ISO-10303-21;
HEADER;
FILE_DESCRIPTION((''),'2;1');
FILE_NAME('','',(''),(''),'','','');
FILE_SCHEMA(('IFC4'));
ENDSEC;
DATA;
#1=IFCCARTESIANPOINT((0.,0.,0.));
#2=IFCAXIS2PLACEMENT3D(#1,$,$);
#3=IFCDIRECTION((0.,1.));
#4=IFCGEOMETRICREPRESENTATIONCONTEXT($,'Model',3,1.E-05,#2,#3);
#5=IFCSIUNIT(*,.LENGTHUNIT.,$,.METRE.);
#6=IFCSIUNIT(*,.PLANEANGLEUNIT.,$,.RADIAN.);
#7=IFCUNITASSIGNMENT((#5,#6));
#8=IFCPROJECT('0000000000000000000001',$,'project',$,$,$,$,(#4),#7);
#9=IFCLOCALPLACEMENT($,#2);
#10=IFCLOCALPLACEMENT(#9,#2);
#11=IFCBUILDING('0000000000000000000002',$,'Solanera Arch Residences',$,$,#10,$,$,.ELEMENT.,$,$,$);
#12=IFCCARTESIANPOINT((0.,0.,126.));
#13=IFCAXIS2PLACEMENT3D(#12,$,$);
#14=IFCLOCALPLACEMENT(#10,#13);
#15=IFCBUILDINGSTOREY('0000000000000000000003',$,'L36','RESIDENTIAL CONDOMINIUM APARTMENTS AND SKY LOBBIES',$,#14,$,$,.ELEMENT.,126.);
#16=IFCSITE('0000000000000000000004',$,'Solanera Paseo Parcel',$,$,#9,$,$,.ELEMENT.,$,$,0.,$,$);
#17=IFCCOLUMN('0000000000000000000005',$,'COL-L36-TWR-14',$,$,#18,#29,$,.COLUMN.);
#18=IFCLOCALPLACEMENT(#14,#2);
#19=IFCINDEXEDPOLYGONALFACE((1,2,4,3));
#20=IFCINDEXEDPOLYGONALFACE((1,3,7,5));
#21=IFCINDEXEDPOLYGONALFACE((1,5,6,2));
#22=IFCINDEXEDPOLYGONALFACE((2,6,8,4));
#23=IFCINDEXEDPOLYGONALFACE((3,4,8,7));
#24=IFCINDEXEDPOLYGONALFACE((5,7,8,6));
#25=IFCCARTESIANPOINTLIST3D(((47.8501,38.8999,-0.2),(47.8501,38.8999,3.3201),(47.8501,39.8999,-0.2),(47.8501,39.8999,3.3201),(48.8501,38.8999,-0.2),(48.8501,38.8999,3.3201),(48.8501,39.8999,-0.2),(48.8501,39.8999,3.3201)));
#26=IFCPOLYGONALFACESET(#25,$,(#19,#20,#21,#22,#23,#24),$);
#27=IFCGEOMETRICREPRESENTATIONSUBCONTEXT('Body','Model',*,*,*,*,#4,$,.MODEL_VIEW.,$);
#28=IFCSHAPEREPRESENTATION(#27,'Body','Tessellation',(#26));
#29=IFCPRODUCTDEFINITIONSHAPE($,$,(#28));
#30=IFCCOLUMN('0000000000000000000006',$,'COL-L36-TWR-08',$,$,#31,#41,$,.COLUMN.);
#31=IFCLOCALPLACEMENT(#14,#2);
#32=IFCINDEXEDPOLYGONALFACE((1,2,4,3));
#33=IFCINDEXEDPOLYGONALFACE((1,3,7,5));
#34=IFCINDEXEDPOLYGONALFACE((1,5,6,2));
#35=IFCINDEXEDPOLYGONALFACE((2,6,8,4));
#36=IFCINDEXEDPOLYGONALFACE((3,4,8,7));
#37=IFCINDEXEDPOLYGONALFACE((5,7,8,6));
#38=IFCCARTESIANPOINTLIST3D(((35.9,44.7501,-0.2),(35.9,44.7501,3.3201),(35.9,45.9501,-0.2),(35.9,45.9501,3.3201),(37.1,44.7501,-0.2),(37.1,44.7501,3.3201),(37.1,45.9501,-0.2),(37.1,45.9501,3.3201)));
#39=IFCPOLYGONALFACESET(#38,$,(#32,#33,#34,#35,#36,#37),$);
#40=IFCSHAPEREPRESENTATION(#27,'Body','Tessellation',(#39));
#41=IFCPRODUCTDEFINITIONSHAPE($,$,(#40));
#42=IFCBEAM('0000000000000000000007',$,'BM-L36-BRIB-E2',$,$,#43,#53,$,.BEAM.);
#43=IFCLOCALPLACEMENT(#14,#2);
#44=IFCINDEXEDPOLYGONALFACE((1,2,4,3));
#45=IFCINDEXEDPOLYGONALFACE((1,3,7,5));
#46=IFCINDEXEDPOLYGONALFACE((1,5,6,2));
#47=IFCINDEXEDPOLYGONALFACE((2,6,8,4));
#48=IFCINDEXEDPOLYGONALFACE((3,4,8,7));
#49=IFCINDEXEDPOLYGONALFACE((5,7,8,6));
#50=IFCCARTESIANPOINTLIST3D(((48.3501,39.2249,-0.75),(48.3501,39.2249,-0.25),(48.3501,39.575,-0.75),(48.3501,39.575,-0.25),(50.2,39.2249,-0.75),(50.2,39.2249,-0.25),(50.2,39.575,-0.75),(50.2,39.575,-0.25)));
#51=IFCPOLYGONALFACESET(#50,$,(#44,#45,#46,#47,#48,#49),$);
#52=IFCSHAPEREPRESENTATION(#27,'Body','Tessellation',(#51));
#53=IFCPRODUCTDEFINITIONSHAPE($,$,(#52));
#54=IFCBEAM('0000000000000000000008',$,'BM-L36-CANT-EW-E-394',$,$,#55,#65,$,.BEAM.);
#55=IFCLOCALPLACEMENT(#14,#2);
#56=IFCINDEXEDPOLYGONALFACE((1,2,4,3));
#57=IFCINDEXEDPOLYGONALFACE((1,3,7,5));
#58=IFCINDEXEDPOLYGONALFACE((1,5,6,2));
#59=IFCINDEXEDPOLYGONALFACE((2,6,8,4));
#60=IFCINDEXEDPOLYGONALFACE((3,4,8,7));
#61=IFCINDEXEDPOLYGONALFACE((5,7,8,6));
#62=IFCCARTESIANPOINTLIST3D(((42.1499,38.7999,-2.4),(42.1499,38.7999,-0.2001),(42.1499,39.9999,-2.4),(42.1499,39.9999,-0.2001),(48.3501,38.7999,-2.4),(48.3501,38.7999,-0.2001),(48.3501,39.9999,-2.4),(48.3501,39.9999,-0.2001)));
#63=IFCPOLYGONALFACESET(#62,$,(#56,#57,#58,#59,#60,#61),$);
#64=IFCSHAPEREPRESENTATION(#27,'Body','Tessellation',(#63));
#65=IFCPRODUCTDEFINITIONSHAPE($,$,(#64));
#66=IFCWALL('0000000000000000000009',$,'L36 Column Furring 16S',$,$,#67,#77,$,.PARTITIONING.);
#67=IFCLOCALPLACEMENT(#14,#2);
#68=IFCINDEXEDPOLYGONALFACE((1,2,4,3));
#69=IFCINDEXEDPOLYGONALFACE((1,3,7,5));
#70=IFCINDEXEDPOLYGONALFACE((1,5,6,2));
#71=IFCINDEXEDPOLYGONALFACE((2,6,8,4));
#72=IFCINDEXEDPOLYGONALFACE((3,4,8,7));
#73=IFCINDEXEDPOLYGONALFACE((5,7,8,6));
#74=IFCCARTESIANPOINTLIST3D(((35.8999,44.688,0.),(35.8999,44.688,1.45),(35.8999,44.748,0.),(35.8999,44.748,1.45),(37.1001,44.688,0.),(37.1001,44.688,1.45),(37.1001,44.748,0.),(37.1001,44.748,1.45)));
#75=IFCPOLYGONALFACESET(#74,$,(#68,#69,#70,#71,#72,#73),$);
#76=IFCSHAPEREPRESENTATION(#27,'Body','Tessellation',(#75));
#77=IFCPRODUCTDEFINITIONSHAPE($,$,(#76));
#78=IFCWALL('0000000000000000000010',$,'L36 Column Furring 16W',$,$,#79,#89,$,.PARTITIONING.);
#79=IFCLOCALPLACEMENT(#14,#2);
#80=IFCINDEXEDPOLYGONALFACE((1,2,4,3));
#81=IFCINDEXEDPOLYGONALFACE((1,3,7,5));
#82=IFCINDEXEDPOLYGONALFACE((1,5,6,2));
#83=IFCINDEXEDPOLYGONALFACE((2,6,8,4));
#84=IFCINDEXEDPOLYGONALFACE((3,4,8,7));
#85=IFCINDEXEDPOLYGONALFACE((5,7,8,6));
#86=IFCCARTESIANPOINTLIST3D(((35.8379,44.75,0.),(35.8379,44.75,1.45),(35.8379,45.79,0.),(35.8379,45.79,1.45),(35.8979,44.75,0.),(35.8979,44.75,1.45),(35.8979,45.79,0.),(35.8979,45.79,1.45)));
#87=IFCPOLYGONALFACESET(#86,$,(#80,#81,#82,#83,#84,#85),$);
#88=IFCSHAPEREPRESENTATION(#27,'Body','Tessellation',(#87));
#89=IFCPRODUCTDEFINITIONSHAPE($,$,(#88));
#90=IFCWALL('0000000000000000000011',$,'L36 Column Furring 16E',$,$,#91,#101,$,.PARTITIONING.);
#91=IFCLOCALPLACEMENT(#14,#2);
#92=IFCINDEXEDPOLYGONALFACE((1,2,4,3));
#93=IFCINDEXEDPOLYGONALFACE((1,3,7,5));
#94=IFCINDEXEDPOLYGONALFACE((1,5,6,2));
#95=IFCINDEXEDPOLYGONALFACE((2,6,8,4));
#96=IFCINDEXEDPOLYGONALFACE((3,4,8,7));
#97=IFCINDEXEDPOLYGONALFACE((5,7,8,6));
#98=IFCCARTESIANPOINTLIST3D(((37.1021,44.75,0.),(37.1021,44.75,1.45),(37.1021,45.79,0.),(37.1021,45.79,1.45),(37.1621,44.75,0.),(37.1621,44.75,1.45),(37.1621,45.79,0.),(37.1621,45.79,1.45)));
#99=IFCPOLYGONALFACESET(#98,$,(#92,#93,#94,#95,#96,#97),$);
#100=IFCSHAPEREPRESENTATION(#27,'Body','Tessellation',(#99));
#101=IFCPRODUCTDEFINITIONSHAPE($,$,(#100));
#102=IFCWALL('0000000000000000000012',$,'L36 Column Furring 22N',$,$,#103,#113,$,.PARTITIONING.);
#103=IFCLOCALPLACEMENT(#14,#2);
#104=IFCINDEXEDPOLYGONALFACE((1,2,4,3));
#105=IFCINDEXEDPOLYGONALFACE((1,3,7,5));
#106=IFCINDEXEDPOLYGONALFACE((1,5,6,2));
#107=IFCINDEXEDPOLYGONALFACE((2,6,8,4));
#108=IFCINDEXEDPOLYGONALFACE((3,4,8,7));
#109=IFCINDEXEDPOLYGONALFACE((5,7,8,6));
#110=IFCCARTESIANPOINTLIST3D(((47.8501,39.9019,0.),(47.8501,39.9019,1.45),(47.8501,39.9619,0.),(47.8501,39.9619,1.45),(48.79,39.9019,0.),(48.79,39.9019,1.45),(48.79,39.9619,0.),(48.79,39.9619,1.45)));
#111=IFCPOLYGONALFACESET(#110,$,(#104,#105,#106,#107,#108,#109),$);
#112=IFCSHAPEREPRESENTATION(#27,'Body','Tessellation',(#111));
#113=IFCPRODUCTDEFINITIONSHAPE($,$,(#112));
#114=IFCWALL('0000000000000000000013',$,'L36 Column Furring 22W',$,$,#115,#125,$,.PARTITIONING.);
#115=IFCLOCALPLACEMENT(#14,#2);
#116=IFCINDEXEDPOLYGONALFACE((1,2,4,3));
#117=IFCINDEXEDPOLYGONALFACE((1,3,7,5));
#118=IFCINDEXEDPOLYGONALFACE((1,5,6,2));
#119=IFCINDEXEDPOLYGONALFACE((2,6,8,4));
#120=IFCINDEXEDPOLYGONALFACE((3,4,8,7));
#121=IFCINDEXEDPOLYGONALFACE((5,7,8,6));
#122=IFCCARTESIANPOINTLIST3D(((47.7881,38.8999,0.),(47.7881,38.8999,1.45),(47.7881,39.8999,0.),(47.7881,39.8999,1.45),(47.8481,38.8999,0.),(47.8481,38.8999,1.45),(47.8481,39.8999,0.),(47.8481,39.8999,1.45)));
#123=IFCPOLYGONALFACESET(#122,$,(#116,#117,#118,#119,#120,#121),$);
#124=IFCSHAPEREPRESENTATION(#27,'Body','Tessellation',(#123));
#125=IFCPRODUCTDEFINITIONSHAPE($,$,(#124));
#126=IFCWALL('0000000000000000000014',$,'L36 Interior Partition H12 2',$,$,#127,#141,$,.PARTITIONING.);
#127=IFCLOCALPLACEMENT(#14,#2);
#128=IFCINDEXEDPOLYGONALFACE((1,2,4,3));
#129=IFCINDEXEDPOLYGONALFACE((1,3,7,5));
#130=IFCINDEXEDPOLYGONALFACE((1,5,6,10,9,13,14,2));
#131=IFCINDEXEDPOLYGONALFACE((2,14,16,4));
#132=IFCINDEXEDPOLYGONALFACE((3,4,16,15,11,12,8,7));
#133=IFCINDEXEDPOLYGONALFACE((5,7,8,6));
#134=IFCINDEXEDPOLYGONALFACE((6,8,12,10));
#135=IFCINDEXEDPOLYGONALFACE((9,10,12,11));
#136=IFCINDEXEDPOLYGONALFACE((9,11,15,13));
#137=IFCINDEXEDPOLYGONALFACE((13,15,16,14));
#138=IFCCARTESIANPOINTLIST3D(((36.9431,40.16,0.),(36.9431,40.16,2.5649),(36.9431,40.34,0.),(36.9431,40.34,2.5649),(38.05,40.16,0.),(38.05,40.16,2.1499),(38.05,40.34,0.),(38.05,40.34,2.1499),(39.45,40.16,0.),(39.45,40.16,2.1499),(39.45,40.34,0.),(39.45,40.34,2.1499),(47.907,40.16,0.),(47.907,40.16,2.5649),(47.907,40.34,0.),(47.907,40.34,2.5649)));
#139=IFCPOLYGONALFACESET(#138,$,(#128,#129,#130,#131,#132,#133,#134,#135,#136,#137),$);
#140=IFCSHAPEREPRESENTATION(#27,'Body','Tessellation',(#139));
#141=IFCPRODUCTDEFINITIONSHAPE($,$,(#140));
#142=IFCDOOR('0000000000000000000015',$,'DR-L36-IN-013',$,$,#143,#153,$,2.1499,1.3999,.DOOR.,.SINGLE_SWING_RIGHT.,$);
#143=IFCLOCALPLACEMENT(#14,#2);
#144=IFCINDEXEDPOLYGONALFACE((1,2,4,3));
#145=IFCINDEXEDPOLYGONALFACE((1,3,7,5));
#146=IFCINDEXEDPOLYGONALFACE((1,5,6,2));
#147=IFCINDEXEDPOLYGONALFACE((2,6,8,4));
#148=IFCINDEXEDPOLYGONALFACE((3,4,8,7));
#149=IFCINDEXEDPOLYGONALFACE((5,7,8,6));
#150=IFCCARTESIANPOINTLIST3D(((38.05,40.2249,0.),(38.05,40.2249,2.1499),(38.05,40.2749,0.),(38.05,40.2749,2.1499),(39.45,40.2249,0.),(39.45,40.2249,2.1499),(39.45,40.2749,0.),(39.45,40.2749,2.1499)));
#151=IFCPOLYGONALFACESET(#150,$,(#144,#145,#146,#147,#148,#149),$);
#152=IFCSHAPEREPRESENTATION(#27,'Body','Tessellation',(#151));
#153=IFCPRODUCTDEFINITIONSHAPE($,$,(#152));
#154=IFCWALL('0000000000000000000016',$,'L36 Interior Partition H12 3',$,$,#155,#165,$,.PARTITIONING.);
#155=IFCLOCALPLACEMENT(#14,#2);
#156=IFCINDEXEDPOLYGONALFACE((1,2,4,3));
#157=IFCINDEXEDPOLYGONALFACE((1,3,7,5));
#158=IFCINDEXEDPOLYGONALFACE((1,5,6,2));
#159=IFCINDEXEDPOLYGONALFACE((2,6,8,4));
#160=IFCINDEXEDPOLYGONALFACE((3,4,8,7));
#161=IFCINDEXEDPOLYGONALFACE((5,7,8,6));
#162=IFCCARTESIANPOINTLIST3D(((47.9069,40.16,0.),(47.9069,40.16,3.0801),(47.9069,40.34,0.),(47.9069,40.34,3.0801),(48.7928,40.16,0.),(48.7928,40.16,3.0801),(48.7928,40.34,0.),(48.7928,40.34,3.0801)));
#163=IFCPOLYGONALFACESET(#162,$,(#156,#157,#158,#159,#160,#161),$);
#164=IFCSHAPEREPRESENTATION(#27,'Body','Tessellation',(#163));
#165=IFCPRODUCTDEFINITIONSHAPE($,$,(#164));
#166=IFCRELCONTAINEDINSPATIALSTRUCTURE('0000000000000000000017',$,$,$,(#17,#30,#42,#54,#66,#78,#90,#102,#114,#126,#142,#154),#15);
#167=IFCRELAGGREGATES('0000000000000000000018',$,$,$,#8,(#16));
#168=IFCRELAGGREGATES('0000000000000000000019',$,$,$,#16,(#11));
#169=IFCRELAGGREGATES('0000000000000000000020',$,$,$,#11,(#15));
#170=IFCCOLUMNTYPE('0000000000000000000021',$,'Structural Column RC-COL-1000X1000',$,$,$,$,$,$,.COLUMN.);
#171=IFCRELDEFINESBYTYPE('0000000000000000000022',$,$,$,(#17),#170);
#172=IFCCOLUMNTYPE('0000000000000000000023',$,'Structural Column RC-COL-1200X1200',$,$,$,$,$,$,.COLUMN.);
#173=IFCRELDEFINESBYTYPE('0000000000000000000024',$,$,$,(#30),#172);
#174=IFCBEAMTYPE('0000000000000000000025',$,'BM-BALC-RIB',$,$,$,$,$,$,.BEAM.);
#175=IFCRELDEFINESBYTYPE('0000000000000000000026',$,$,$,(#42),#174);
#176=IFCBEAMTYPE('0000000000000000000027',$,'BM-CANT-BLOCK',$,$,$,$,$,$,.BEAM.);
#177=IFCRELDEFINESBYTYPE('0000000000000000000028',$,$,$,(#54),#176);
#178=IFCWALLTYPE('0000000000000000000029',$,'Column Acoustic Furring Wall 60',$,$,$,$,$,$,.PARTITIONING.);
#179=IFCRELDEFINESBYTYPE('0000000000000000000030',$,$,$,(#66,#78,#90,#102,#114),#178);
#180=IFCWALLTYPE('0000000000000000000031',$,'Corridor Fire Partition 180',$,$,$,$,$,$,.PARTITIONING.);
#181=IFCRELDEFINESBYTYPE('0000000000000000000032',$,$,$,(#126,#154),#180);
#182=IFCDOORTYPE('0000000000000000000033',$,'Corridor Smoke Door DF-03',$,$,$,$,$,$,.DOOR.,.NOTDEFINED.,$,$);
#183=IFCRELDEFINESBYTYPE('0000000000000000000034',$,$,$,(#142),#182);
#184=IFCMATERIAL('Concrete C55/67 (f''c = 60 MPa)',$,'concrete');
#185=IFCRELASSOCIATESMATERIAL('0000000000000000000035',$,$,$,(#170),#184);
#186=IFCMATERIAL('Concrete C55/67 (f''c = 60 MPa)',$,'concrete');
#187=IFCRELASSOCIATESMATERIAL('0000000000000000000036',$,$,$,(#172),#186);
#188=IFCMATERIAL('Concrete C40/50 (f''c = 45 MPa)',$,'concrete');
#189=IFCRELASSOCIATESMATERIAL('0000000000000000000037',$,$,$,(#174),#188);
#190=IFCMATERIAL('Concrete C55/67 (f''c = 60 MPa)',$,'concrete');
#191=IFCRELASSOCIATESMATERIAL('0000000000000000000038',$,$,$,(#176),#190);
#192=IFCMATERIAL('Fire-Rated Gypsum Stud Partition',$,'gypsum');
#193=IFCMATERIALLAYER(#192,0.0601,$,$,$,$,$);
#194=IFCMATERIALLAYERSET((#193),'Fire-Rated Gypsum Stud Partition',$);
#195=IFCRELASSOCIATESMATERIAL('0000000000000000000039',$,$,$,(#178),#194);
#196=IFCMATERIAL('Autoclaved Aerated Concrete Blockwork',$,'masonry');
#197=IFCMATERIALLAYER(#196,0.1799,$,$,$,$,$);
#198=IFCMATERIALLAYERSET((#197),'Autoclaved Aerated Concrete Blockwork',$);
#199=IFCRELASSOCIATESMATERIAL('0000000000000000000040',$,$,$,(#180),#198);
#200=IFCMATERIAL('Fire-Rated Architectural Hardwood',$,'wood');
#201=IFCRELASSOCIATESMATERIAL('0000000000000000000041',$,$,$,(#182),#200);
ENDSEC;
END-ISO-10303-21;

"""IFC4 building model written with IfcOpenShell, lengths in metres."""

from ifc_helpers import new_model, si_unit, direction, frame, frame_2d, origin, origin_2d, place, context, subcontext, project, spatial, rectangle, extrude, material, layer, layer_set, material_profile, profile_set, type_object, element, fill, save


model = new_model("IFC4")

# Units and contexts
model_context = context("Model", 3, precision=1e-05, world=origin(), true_north=direction((0.0, 1.0)))
body_context = subcontext(model_context, "Body", "Model", "MODEL_VIEW")
ifc_project = project(units=[si_unit("LENGTHUNIT", "METRE"), si_unit("PLANEANGLEUNIT", "RADIAN")], contexts=[model_context])

# Site, building, storey
site_placement = place(None, origin())
site = spatial("IfcSite", under=ifc_project, at=site_placement, Name="Solanera Paseo Parcel", CompositionType="ELEMENT", RefElevation=0.0)
building_placement = place(site_placement, origin())
building = spatial("IfcBuilding", under=site, at=building_placement, Name="Solanera Arch Residences", CompositionType="ELEMENT")
storey_placement = place(building_placement, frame((0.0, 0.0, 126.0)))
storey = spatial("IfcBuildingStorey", under=building, at=storey_placement, Name="L36", Description="RESIDENTIAL CONDOMINIUM APARTMENTS AND SKY LOBBIES", CompositionType="ELEMENT", Elevation=126.0)

# Columns
ifc_material_1 = material(Name="Concrete C55/67 (f'c = 60 MPa)", Category="concrete")
ifc_material_profile_1 = material_profile(ifc_material_1, rectangle(XDim=1.0, YDim=1.0, at=origin_2d()))
ifc_profile_set_1 = profile_set([ifc_material_profile_1], Name="Concrete C55/67 (f'c = 60 MPa)")
column_type_1 = type_object("IfcColumnType", Name="Structural Column RC-COL-1000X1000", PredefinedType="COLUMN", material=ifc_profile_set_1)
column_1_placement = place(storey_placement, frame((48.3501, 39.3999, -0.2), z_axis=(0.0, 0.0, 1.0), x_axis=(1.0, 0.0, 0.0)))
element("IfcColumn", 1, at=column_1_placement, inside=storey, type_object=column_type_1, Name="COL-L36-TWR-14", PredefinedType="COLUMN", context=body_context, shape_type="SweptSolid", body=[
    extrude(rectangle(XDim=1.0, YDim=1.0, at=origin_2d()), origin(), (0.0, 0.0, 1.0), 3.52),
])
ifc_material_2 = material(Name="Concrete C55/67 (f'c = 60 MPa)", Category="concrete")
ifc_material_profile_2 = material_profile(ifc_material_2, rectangle(XDim=1.2, YDim=1.2, at=origin_2d()))
ifc_profile_set_2 = profile_set([ifc_material_profile_2], Name="Concrete C55/67 (f'c = 60 MPa)")
column_type_2 = type_object("IfcColumnType", Name="Structural Column RC-COL-1200X1200", PredefinedType="COLUMN", material=ifc_profile_set_2)
column_2_placement = place(storey_placement, frame((36.5, 45.3501, -0.2), z_axis=(0.0, 0.0, 1.0), x_axis=(1.0, 0.0, 0.0)))
element("IfcColumn", 2, at=column_2_placement, inside=storey, type_object=column_type_2, Name="COL-L36-TWR-08", PredefinedType="COLUMN", context=body_context, shape_type="SweptSolid", body=[
    extrude(rectangle(XDim=1.2, YDim=1.2, at=origin_2d()), origin(), (0.0, 0.0, 1.0), 3.52),
])

# Beams
ifc_material_3 = material(Name="Concrete C40/50 (f'c = 45 MPa)", Category="concrete")
ifc_material_profile_3 = material_profile(ifc_material_3, rectangle(XDim=0.3501, YDim=0.5, at=origin_2d()))
ifc_profile_set_3 = profile_set([ifc_material_profile_3], Name="Concrete C40/50 (f'c = 45 MPa)")
beam_type_1 = type_object("IfcBeamType", Name="BM-BALC-RIB", PredefinedType="BEAM", material=ifc_profile_set_3)
beam_1_placement = place(storey_placement, frame((48.3501, 39.3999, -0.5), z_axis=(1.0, 0.0, 0.0), x_axis=(0.0, 1.0, 0.0)))
element("IfcBeam", 3, at=beam_1_placement, inside=storey, type_object=beam_type_1, Name="BM-L36-BRIB-E2", PredefinedType="BEAM", context=body_context, shape_type="SweptSolid", body=[
    extrude(rectangle(XDim=0.3501, YDim=0.5, at=origin_2d()), origin(), (0.0, 0.0, 1.0), 1.8499),
])
ifc_material_4 = material(Name="Concrete C55/67 (f'c = 60 MPa)", Category="concrete")
ifc_material_profile_4 = material_profile(ifc_material_4, rectangle(XDim=1.2, YDim=2.2, at=origin_2d()))
ifc_profile_set_4 = profile_set([ifc_material_profile_4], Name="Concrete C55/67 (f'c = 60 MPa)")
beam_type_2 = type_object("IfcBeamType", Name="BM-CANT-BLOCK", PredefinedType="BEAM", material=ifc_profile_set_4)
beam_2_placement = place(storey_placement, frame((42.1499, 39.3999, -1.3), z_axis=(1.0, 0.0, 0.0), x_axis=(0.0, 1.0, 0.0)))
element("IfcBeam", 4, at=beam_2_placement, inside=storey, type_object=beam_type_2, Name="BM-L36-CANT-EW-E-394", PredefinedType="BEAM", context=body_context, shape_type="SweptSolid", body=[
    extrude(rectangle(XDim=1.2, YDim=2.2, at=origin_2d()), origin(), (0.0, 0.0, 1.0), 6.2002),
])

# Walls
ifc_material_5 = material(Name="Fire-Rated Gypsum Stud Partition", Category="gypsum")
ifc_layer_1 = layer(ifc_material_5, 0.0601)
ifc_layer_set_1 = layer_set([ifc_layer_1], Name="Fire-Rated Gypsum Stud Partition")
wall_type_1 = type_object("IfcWallType", Name="Column Acoustic Furring Wall 60", PredefinedType="PARTITIONING", material=ifc_layer_set_1)
wall_1_placement = place(storey_placement, frame((35.8999, 44.718, 0.0), z_axis=(0.0, 0.0, 1.0), x_axis=(1.0, 0.0, 0.0)))
element("IfcWall", 5, at=wall_1_placement, inside=storey, type_object=wall_type_1, Name="L36 Column Furring 16S", PredefinedType="PARTITIONING", context=body_context, shape_type="SweptSolid", body=[
    extrude(rectangle(XDim=1.2002, YDim=0.0601, at=frame_2d((0.6001, 0.0))), origin(), (0.0, 0.0, 1.0), 1.45),
])
for number, where, z_axis, x_axis, name in (
    (6, (35.8679, 44.75, 0.0), (0.0, 0.0, 1.0), (0.0, 1.0, 0.0), "L36 Column Furring 16W"),
    (7, (37.1321, 44.75, 0.0), (0.0, 0.0, 1.0), (0.0, 1.0, 0.0), "L36 Column Furring 16E"),
):
    element("IfcWall", number, at=place(storey_placement, frame(where, z_axis=z_axis, x_axis=x_axis)), inside=storey, type_object=wall_type_1, Name=name, PredefinedType="PARTITIONING", context=body_context, shape_type="SweptSolid", body=[
        extrude(rectangle(XDim=1.04, YDim=0.0601, at=frame_2d((0.52, 0.0))), origin(), (0.0, 0.0, 1.0), 1.45),
    ])
wall_2_placement = place(storey_placement, frame((47.8501, 39.9319, 0.0), z_axis=(0.0, 0.0, 1.0), x_axis=(1.0, 0.0, 0.0)))
element("IfcWall", 8, at=wall_2_placement, inside=storey, type_object=wall_type_1, Name="L36 Column Furring 22N", PredefinedType="PARTITIONING", context=body_context, shape_type="SweptSolid", body=[
    extrude(rectangle(XDim=0.9399, YDim=0.0601, at=frame_2d((0.47, 0.0))), origin(), (0.0, 0.0, 1.0), 1.45),
])
wall_3_placement = place(storey_placement, frame((47.8181, 38.8999, 0.0), z_axis=(0.0, 0.0, 1.0), x_axis=(0.0, 1.0, 0.0)))
element("IfcWall", 9, at=wall_3_placement, inside=storey, type_object=wall_type_1, Name="L36 Column Furring 22W", PredefinedType="PARTITIONING", context=body_context, shape_type="SweptSolid", body=[
    extrude(rectangle(XDim=1.0, YDim=0.0601, at=frame_2d((0.5, 0.0))), origin(), (0.0, 0.0, 1.0), 1.45),
])

# Wall, opening, door
ifc_material_6 = material(Name="Autoclaved Aerated Concrete Blockwork", Category="masonry")
ifc_layer_2 = layer(ifc_material_6, 0.1799)
ifc_layer_set_2 = layer_set([ifc_layer_2], Name="Autoclaved Aerated Concrete Blockwork")
wall_type_2 = type_object("IfcWallType", Name="Corridor Fire Partition 180", PredefinedType="PARTITIONING", material=ifc_layer_set_2)
wall_4_placement = place(storey_placement, frame((36.9431, 40.25, 0.0), z_axis=(0.0, 0.0, 1.0), x_axis=(1.0, 0.0, 0.0)))
wall_4 = element("IfcWall", 10, at=wall_4_placement, inside=storey, type_object=wall_type_2, Name="L36 Interior Partition H12 2", PredefinedType="PARTITIONING", context=body_context, shape_type="SweptSolid", body=[
    extrude(rectangle(XDim=10.9639, YDim=0.1799, at=frame_2d((5.4819, 0.0))), origin(), (0.0, 0.0, 1.0), 2.5649),
])
opening_1_placement = place(wall_4_placement, frame((1.1069, 0.0, 0.0)))
opening_1 = element("IfcOpeningElement", 11, at=opening_1_placement, cuts=wall_4, PredefinedType="OPENING", context=body_context, shape_type="SweptSolid", body=[
    extrude(rectangle(XDim=1.3999, YDim=2.1499, at=frame_2d((0.7, 1.075))), frame((0.0, 0.1001, 0.0), z_axis=(0.0, -1.0, 0.0), x_axis=(1.0, 0.0, 0.0)), (0.0, 0.0, 1.0), 0.1999),
])
ifc_material_7 = material(Name="Fire-Rated Architectural Hardwood", Category="wood")
door_type_1 = type_object("IfcDoorType", Name="Corridor Smoke Door DF-03", OperationType="NOTDEFINED", PredefinedType="DOOR", material=ifc_material_7)
door_1_placement = place(opening_1_placement, origin())
door_1 = element("IfcDoor", 12, at=door_1_placement, inside=storey, type_object=door_type_1, Name="DR-L36-IN-013", OperationType="SINGLE_SWING_RIGHT", OverallHeight=2.1499, OverallWidth=1.3999, PredefinedType="DOOR", context=body_context, shape_type="SweptSolid", body=[
    extrude(rectangle(XDim=1.3999, YDim=2.1499, at=frame_2d((0.7, 1.075))), frame((0.0, 0.0249, 0.0), z_axis=(0.0, -1.0, 0.0), x_axis=(1.0, 0.0, 0.0)), (0.0, 0.0, 1.0), 0.05),
])
fill(opening_1, door_1)

# Wall
wall_5_placement = place(storey_placement, frame((47.907, 40.25, 0.0), z_axis=(0.0, 0.0, 1.0), x_axis=(1.0, 0.0, 0.0)))
element("IfcWall", 13, at=wall_5_placement, inside=storey, type_object=wall_type_2, Name="L36 Interior Partition H12 3", PredefinedType="PARTITIONING", context=body_context, shape_type="SweptSolid", body=[
    extrude(rectangle(XDim=0.886, YDim=0.1799, at=frame_2d((0.4429, 0.0))), origin(), (0.0, 0.0, 1.0), 3.0801),
])

save(model, "model.ifc")
